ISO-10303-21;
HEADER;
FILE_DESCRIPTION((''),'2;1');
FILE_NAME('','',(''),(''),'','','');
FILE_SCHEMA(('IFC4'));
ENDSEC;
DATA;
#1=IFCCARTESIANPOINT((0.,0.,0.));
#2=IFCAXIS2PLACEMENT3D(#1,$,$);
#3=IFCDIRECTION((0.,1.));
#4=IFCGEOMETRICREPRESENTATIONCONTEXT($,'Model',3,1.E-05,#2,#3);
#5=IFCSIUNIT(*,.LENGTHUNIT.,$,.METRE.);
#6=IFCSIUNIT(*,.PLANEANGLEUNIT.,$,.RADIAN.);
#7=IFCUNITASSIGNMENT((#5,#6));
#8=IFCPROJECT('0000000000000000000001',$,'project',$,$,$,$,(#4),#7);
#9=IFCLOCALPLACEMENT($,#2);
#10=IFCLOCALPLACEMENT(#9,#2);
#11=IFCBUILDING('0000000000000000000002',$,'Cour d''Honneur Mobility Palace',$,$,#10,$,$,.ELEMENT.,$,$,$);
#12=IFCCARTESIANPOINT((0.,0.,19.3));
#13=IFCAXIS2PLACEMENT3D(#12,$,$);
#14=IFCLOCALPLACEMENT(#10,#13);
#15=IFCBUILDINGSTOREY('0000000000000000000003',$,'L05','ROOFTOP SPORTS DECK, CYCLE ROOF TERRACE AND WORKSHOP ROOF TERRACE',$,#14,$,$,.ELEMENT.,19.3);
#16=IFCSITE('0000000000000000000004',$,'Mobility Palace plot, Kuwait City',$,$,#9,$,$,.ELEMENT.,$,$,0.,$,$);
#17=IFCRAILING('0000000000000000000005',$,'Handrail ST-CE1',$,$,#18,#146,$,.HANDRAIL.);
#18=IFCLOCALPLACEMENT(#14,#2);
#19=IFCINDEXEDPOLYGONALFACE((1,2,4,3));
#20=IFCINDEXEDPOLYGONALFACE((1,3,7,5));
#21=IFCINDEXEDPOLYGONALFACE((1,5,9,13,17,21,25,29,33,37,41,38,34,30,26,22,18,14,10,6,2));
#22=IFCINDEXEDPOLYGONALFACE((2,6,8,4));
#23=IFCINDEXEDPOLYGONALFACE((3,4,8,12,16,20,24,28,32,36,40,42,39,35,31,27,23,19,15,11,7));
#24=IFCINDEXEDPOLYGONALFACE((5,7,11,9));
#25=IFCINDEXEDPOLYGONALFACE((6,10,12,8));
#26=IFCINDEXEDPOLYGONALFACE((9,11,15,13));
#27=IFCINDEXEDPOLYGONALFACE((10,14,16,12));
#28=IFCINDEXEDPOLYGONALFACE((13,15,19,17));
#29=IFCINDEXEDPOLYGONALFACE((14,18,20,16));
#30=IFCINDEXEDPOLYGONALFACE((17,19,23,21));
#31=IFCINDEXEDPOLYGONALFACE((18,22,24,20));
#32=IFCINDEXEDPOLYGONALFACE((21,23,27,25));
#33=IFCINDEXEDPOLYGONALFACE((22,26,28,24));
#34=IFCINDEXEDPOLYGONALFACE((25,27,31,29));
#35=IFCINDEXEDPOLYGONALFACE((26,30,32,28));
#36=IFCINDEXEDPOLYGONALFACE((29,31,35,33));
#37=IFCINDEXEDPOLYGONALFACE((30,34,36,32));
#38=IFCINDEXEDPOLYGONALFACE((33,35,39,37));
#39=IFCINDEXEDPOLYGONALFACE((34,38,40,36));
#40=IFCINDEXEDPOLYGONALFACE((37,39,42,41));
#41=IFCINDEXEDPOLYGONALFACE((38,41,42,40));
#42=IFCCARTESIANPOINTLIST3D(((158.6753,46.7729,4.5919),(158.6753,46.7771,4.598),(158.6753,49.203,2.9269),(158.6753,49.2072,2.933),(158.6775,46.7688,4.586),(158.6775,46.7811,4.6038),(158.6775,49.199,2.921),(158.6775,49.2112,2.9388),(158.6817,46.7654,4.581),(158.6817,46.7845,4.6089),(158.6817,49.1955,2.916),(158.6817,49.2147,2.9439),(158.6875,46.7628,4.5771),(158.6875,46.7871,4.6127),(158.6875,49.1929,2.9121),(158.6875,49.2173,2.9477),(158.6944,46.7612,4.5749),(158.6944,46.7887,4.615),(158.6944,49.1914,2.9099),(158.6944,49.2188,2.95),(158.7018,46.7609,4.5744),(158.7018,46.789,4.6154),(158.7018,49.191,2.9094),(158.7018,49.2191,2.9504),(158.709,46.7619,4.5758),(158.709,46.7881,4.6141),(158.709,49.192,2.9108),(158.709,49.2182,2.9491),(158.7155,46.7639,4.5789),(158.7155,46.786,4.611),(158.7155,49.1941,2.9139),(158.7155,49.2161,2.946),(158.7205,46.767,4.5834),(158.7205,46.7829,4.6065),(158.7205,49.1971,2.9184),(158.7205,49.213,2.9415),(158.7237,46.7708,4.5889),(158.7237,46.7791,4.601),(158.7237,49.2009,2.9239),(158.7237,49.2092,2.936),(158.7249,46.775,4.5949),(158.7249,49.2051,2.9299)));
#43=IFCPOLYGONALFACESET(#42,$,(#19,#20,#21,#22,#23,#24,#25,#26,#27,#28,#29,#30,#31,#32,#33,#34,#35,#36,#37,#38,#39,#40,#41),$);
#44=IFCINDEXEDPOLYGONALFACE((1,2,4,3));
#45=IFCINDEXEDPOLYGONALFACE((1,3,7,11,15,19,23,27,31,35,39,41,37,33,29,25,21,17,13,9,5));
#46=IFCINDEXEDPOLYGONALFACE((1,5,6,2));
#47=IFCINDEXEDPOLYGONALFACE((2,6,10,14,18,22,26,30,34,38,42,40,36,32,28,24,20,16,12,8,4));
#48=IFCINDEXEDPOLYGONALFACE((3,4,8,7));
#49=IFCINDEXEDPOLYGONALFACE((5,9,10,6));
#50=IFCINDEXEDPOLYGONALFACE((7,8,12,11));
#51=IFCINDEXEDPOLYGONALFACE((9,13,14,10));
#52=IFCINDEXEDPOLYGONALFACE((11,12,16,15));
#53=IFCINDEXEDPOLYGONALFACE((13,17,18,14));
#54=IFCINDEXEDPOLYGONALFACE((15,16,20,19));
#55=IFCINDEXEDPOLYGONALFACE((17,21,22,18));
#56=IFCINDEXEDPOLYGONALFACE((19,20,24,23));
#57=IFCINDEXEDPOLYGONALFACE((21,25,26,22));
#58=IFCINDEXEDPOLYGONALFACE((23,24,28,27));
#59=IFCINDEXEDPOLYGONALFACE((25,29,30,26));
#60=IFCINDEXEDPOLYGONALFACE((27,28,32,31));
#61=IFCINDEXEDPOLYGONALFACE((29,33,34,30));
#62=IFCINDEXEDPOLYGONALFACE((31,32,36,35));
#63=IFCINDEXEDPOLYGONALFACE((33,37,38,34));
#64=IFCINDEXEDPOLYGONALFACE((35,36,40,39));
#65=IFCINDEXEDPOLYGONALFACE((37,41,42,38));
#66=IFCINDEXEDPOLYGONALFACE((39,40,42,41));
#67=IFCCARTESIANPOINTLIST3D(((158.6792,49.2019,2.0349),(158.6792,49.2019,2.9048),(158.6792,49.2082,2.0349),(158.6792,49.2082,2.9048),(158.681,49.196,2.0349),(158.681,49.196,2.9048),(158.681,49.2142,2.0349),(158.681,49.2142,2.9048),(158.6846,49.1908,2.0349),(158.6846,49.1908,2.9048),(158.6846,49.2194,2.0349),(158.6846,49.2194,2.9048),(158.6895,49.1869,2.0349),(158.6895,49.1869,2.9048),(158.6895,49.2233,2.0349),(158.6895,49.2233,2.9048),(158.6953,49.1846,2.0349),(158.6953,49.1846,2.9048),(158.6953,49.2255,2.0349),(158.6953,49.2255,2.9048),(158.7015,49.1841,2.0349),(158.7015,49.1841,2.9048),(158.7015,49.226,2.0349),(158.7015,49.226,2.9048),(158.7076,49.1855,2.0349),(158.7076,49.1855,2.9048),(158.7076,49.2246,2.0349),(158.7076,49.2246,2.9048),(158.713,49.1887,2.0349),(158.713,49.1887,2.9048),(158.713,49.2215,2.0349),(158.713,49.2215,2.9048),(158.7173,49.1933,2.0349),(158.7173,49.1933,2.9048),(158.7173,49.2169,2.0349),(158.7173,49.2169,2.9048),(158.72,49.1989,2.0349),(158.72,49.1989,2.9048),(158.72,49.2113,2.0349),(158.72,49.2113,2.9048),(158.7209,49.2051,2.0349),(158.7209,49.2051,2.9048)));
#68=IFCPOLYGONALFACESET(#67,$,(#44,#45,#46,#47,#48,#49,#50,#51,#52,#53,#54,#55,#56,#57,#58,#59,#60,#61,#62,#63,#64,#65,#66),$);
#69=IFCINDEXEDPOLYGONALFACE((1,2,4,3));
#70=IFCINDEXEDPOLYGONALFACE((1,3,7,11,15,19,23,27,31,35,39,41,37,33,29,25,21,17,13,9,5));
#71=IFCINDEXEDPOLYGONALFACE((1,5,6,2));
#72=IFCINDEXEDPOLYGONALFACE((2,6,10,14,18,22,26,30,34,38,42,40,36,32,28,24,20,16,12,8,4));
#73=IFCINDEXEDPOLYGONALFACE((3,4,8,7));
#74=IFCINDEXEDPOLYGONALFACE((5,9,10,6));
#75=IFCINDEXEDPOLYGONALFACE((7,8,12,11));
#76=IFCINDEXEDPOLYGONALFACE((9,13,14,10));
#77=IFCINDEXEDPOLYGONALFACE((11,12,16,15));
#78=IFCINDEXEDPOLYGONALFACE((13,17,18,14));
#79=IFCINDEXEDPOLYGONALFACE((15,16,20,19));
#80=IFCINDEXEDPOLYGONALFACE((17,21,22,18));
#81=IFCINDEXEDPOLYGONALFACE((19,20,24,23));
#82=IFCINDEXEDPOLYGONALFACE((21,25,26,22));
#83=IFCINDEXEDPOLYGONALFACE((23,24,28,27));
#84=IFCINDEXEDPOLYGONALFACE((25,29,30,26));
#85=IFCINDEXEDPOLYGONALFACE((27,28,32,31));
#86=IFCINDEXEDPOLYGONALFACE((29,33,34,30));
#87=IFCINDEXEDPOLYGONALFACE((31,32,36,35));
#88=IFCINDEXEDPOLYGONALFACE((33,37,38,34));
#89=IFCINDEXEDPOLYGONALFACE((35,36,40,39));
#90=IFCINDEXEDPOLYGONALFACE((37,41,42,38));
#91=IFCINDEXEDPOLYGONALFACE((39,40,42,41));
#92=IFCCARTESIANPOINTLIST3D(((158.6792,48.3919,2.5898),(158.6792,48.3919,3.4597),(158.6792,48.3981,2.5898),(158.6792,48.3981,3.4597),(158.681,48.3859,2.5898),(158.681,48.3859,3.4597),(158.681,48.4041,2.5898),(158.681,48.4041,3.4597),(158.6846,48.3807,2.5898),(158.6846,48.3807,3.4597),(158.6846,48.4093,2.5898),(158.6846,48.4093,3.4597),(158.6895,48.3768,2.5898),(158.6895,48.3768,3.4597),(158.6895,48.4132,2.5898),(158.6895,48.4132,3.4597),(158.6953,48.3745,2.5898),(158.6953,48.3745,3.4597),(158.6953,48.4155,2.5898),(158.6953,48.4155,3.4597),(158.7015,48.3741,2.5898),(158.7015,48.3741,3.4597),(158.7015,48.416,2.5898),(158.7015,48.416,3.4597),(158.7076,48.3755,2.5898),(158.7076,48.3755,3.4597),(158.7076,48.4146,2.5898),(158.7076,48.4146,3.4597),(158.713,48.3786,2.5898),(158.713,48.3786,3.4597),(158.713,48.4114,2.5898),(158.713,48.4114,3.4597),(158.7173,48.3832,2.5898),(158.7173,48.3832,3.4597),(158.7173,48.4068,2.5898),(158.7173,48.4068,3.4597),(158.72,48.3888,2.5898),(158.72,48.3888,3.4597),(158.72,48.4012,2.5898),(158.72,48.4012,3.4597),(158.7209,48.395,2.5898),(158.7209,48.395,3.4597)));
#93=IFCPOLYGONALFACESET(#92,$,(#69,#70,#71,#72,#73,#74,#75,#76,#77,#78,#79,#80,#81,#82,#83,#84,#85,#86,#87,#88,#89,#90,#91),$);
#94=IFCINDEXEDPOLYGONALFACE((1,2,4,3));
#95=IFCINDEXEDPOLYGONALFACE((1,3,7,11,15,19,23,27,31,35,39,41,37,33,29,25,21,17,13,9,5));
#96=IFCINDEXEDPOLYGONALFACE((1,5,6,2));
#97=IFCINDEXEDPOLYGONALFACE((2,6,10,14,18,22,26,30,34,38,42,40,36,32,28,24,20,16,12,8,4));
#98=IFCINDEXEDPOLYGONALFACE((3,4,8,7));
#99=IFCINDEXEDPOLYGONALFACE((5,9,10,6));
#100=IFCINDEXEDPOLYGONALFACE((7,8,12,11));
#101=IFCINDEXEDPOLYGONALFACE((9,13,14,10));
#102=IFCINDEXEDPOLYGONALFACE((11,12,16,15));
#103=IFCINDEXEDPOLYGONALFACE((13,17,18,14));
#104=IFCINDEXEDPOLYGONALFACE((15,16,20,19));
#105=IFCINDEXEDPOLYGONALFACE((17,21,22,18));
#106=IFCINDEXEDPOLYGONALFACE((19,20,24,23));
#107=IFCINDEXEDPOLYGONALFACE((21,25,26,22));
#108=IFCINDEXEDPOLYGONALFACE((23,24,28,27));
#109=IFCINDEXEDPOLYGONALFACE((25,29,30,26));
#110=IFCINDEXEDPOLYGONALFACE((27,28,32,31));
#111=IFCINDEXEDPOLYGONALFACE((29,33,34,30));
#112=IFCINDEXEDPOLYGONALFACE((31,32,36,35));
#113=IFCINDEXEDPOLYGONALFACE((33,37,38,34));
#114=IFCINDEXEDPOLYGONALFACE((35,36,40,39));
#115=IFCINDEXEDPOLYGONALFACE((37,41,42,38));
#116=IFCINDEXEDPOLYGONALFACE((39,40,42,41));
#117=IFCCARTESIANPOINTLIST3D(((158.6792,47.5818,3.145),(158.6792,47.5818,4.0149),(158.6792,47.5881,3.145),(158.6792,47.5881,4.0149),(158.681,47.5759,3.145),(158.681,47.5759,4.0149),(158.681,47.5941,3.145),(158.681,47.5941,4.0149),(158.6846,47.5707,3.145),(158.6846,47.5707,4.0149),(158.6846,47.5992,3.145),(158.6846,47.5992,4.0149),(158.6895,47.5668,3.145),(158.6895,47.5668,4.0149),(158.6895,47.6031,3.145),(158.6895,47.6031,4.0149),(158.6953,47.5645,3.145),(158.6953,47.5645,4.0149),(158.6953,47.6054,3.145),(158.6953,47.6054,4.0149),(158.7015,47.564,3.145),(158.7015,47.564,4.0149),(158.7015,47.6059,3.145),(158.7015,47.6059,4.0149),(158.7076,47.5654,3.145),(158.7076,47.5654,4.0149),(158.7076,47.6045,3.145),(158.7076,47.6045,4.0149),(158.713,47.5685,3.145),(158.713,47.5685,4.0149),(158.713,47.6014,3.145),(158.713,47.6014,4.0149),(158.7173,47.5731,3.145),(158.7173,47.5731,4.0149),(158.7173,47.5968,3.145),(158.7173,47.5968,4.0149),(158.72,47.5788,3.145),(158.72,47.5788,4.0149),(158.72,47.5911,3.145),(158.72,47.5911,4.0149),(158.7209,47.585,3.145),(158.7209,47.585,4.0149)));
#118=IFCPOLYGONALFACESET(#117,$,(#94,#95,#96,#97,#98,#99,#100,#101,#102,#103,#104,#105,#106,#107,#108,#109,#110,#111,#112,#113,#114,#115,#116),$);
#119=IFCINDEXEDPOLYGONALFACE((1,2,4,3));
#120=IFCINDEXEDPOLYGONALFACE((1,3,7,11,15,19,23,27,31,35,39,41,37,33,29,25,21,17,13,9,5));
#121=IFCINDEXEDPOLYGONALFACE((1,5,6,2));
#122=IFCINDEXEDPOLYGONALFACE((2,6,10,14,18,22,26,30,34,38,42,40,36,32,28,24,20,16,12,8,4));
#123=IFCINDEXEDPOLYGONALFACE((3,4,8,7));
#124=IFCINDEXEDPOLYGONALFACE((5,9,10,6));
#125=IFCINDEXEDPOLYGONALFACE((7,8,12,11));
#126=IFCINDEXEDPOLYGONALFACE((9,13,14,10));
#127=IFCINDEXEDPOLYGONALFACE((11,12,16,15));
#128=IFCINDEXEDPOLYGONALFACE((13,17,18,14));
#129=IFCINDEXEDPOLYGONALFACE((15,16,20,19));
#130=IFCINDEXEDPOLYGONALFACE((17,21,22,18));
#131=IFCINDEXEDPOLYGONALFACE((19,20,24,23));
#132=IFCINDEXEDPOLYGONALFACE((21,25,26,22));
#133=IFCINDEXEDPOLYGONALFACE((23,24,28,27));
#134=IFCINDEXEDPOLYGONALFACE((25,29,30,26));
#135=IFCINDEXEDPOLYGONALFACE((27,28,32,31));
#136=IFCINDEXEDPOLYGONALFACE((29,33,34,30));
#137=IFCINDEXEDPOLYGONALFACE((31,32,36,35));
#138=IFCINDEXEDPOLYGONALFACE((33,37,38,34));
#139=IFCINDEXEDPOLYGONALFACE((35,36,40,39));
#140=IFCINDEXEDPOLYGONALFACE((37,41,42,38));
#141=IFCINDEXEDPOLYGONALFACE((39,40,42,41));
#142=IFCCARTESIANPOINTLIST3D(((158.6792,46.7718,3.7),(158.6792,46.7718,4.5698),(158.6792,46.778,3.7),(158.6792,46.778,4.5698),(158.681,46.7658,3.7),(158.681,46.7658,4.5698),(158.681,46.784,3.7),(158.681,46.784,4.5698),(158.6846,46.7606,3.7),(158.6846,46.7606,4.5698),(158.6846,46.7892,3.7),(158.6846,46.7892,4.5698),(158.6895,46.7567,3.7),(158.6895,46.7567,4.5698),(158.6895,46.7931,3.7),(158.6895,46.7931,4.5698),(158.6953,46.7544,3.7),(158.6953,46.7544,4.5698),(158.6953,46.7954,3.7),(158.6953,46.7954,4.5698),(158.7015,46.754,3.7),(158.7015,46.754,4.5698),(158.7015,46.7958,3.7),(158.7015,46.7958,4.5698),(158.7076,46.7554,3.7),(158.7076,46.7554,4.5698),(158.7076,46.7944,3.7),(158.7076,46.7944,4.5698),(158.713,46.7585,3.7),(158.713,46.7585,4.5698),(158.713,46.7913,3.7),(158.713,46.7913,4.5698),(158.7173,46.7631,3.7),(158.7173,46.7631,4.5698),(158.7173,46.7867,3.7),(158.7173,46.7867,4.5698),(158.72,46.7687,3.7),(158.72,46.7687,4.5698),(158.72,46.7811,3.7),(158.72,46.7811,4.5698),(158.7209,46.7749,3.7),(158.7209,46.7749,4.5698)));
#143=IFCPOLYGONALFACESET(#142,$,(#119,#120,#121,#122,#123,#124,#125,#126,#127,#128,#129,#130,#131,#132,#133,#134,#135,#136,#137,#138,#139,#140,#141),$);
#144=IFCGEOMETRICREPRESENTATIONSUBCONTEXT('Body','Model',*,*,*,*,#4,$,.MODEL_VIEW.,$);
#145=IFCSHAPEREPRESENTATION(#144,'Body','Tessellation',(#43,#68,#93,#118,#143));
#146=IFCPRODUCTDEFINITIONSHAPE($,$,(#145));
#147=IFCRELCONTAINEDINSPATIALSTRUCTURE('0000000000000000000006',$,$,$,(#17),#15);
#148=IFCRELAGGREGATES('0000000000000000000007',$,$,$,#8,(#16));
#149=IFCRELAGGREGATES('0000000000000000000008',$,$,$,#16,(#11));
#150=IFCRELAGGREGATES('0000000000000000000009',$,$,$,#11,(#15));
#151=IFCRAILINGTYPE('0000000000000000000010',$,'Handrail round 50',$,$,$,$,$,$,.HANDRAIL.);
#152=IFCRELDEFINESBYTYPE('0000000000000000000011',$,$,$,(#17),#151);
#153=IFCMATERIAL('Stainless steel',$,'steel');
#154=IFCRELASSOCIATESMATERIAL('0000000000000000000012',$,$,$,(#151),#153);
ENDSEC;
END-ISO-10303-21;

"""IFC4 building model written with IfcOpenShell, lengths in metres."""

from ifc_helpers import new_model, si_unit, direction, frame, origin, origin_2d, place, context, subcontext, project, spatial, circle, extrude, material, type_object, element, save


model = new_model("IFC4")

# Units and contexts
model_context = context("Model", 3, precision=1e-05, world=origin(), true_north=direction((0.0, 1.0)))
body_context = subcontext(model_context, "Body", "Model", "MODEL_VIEW")
ifc_project = project(units=[si_unit("LENGTHUNIT", "METRE"), si_unit("PLANEANGLEUNIT", "RADIAN")], contexts=[model_context])

# Site, building, storey
site_placement = place(None, origin())
site = spatial("IfcSite", under=ifc_project, at=site_placement, Name="Mobility Palace plot, Kuwait City", CompositionType="ELEMENT", RefElevation=0.0)
building_placement = place(site_placement, origin())
building = spatial("IfcBuilding", under=site, at=building_placement, Name="Cour d'Honneur Mobility Palace", CompositionType="ELEMENT")
storey_placement = place(building_placement, frame((0.0, 0.0, 19.3)))
storey = spatial("IfcBuildingStorey", under=building, at=storey_placement, Name="L05", Description="ROOFTOP SPORTS DECK, CYCLE ROOF TERRACE AND WORKSHOP ROOF TERRACE", CompositionType="ELEMENT", Elevation=19.3)

# Railing
ifc_material_1 = material(Name="Stainless steel", Category="steel")
railing_type_1 = type_object("IfcRailingType", Name="Handrail round 50", PredefinedType="HANDRAIL", material=ifc_material_1)
railing_1_placement = place(storey_placement, frame((158.7, 49.2051, 2.0349)))
element("IfcRailing", 1, at=railing_1_placement, inside=storey, type_object=railing_type_1, Name="Handrail ST-CE1", PredefinedType="HANDRAIL", context=body_context, shape_type="SweptSolid", body=[
    extrude(circle(Radius=0.0249, at=origin_2d()), frame((0.0, 0.0, 0.895), z_axis=(0.0, -0.824945, 0.565213), x_axis=(1.0, 0.0, 0.0)), (0.0, 0.0, 1.0), 2.9458),
    extrude(circle(Radius=0.021, at=origin_2d()), origin(), (0.0, 0.0, 1.0), 0.8699),
    extrude(circle(Radius=0.021, at=origin_2d()), frame((0.0, -0.8101, 0.5549)), (0.0, 0.0, 1.0), 0.8699),
    extrude(circle(Radius=0.021, at=origin_2d()), frame((0.0, -1.6201, 1.1101)), (0.0, 0.0, 1.0), 0.8699),
    extrude(circle(Radius=0.021, at=origin_2d()), frame((0.0, -2.4302, 1.665)), (0.0, 0.0, 1.0), 0.8699),
])

save(model, "model.ifc")
